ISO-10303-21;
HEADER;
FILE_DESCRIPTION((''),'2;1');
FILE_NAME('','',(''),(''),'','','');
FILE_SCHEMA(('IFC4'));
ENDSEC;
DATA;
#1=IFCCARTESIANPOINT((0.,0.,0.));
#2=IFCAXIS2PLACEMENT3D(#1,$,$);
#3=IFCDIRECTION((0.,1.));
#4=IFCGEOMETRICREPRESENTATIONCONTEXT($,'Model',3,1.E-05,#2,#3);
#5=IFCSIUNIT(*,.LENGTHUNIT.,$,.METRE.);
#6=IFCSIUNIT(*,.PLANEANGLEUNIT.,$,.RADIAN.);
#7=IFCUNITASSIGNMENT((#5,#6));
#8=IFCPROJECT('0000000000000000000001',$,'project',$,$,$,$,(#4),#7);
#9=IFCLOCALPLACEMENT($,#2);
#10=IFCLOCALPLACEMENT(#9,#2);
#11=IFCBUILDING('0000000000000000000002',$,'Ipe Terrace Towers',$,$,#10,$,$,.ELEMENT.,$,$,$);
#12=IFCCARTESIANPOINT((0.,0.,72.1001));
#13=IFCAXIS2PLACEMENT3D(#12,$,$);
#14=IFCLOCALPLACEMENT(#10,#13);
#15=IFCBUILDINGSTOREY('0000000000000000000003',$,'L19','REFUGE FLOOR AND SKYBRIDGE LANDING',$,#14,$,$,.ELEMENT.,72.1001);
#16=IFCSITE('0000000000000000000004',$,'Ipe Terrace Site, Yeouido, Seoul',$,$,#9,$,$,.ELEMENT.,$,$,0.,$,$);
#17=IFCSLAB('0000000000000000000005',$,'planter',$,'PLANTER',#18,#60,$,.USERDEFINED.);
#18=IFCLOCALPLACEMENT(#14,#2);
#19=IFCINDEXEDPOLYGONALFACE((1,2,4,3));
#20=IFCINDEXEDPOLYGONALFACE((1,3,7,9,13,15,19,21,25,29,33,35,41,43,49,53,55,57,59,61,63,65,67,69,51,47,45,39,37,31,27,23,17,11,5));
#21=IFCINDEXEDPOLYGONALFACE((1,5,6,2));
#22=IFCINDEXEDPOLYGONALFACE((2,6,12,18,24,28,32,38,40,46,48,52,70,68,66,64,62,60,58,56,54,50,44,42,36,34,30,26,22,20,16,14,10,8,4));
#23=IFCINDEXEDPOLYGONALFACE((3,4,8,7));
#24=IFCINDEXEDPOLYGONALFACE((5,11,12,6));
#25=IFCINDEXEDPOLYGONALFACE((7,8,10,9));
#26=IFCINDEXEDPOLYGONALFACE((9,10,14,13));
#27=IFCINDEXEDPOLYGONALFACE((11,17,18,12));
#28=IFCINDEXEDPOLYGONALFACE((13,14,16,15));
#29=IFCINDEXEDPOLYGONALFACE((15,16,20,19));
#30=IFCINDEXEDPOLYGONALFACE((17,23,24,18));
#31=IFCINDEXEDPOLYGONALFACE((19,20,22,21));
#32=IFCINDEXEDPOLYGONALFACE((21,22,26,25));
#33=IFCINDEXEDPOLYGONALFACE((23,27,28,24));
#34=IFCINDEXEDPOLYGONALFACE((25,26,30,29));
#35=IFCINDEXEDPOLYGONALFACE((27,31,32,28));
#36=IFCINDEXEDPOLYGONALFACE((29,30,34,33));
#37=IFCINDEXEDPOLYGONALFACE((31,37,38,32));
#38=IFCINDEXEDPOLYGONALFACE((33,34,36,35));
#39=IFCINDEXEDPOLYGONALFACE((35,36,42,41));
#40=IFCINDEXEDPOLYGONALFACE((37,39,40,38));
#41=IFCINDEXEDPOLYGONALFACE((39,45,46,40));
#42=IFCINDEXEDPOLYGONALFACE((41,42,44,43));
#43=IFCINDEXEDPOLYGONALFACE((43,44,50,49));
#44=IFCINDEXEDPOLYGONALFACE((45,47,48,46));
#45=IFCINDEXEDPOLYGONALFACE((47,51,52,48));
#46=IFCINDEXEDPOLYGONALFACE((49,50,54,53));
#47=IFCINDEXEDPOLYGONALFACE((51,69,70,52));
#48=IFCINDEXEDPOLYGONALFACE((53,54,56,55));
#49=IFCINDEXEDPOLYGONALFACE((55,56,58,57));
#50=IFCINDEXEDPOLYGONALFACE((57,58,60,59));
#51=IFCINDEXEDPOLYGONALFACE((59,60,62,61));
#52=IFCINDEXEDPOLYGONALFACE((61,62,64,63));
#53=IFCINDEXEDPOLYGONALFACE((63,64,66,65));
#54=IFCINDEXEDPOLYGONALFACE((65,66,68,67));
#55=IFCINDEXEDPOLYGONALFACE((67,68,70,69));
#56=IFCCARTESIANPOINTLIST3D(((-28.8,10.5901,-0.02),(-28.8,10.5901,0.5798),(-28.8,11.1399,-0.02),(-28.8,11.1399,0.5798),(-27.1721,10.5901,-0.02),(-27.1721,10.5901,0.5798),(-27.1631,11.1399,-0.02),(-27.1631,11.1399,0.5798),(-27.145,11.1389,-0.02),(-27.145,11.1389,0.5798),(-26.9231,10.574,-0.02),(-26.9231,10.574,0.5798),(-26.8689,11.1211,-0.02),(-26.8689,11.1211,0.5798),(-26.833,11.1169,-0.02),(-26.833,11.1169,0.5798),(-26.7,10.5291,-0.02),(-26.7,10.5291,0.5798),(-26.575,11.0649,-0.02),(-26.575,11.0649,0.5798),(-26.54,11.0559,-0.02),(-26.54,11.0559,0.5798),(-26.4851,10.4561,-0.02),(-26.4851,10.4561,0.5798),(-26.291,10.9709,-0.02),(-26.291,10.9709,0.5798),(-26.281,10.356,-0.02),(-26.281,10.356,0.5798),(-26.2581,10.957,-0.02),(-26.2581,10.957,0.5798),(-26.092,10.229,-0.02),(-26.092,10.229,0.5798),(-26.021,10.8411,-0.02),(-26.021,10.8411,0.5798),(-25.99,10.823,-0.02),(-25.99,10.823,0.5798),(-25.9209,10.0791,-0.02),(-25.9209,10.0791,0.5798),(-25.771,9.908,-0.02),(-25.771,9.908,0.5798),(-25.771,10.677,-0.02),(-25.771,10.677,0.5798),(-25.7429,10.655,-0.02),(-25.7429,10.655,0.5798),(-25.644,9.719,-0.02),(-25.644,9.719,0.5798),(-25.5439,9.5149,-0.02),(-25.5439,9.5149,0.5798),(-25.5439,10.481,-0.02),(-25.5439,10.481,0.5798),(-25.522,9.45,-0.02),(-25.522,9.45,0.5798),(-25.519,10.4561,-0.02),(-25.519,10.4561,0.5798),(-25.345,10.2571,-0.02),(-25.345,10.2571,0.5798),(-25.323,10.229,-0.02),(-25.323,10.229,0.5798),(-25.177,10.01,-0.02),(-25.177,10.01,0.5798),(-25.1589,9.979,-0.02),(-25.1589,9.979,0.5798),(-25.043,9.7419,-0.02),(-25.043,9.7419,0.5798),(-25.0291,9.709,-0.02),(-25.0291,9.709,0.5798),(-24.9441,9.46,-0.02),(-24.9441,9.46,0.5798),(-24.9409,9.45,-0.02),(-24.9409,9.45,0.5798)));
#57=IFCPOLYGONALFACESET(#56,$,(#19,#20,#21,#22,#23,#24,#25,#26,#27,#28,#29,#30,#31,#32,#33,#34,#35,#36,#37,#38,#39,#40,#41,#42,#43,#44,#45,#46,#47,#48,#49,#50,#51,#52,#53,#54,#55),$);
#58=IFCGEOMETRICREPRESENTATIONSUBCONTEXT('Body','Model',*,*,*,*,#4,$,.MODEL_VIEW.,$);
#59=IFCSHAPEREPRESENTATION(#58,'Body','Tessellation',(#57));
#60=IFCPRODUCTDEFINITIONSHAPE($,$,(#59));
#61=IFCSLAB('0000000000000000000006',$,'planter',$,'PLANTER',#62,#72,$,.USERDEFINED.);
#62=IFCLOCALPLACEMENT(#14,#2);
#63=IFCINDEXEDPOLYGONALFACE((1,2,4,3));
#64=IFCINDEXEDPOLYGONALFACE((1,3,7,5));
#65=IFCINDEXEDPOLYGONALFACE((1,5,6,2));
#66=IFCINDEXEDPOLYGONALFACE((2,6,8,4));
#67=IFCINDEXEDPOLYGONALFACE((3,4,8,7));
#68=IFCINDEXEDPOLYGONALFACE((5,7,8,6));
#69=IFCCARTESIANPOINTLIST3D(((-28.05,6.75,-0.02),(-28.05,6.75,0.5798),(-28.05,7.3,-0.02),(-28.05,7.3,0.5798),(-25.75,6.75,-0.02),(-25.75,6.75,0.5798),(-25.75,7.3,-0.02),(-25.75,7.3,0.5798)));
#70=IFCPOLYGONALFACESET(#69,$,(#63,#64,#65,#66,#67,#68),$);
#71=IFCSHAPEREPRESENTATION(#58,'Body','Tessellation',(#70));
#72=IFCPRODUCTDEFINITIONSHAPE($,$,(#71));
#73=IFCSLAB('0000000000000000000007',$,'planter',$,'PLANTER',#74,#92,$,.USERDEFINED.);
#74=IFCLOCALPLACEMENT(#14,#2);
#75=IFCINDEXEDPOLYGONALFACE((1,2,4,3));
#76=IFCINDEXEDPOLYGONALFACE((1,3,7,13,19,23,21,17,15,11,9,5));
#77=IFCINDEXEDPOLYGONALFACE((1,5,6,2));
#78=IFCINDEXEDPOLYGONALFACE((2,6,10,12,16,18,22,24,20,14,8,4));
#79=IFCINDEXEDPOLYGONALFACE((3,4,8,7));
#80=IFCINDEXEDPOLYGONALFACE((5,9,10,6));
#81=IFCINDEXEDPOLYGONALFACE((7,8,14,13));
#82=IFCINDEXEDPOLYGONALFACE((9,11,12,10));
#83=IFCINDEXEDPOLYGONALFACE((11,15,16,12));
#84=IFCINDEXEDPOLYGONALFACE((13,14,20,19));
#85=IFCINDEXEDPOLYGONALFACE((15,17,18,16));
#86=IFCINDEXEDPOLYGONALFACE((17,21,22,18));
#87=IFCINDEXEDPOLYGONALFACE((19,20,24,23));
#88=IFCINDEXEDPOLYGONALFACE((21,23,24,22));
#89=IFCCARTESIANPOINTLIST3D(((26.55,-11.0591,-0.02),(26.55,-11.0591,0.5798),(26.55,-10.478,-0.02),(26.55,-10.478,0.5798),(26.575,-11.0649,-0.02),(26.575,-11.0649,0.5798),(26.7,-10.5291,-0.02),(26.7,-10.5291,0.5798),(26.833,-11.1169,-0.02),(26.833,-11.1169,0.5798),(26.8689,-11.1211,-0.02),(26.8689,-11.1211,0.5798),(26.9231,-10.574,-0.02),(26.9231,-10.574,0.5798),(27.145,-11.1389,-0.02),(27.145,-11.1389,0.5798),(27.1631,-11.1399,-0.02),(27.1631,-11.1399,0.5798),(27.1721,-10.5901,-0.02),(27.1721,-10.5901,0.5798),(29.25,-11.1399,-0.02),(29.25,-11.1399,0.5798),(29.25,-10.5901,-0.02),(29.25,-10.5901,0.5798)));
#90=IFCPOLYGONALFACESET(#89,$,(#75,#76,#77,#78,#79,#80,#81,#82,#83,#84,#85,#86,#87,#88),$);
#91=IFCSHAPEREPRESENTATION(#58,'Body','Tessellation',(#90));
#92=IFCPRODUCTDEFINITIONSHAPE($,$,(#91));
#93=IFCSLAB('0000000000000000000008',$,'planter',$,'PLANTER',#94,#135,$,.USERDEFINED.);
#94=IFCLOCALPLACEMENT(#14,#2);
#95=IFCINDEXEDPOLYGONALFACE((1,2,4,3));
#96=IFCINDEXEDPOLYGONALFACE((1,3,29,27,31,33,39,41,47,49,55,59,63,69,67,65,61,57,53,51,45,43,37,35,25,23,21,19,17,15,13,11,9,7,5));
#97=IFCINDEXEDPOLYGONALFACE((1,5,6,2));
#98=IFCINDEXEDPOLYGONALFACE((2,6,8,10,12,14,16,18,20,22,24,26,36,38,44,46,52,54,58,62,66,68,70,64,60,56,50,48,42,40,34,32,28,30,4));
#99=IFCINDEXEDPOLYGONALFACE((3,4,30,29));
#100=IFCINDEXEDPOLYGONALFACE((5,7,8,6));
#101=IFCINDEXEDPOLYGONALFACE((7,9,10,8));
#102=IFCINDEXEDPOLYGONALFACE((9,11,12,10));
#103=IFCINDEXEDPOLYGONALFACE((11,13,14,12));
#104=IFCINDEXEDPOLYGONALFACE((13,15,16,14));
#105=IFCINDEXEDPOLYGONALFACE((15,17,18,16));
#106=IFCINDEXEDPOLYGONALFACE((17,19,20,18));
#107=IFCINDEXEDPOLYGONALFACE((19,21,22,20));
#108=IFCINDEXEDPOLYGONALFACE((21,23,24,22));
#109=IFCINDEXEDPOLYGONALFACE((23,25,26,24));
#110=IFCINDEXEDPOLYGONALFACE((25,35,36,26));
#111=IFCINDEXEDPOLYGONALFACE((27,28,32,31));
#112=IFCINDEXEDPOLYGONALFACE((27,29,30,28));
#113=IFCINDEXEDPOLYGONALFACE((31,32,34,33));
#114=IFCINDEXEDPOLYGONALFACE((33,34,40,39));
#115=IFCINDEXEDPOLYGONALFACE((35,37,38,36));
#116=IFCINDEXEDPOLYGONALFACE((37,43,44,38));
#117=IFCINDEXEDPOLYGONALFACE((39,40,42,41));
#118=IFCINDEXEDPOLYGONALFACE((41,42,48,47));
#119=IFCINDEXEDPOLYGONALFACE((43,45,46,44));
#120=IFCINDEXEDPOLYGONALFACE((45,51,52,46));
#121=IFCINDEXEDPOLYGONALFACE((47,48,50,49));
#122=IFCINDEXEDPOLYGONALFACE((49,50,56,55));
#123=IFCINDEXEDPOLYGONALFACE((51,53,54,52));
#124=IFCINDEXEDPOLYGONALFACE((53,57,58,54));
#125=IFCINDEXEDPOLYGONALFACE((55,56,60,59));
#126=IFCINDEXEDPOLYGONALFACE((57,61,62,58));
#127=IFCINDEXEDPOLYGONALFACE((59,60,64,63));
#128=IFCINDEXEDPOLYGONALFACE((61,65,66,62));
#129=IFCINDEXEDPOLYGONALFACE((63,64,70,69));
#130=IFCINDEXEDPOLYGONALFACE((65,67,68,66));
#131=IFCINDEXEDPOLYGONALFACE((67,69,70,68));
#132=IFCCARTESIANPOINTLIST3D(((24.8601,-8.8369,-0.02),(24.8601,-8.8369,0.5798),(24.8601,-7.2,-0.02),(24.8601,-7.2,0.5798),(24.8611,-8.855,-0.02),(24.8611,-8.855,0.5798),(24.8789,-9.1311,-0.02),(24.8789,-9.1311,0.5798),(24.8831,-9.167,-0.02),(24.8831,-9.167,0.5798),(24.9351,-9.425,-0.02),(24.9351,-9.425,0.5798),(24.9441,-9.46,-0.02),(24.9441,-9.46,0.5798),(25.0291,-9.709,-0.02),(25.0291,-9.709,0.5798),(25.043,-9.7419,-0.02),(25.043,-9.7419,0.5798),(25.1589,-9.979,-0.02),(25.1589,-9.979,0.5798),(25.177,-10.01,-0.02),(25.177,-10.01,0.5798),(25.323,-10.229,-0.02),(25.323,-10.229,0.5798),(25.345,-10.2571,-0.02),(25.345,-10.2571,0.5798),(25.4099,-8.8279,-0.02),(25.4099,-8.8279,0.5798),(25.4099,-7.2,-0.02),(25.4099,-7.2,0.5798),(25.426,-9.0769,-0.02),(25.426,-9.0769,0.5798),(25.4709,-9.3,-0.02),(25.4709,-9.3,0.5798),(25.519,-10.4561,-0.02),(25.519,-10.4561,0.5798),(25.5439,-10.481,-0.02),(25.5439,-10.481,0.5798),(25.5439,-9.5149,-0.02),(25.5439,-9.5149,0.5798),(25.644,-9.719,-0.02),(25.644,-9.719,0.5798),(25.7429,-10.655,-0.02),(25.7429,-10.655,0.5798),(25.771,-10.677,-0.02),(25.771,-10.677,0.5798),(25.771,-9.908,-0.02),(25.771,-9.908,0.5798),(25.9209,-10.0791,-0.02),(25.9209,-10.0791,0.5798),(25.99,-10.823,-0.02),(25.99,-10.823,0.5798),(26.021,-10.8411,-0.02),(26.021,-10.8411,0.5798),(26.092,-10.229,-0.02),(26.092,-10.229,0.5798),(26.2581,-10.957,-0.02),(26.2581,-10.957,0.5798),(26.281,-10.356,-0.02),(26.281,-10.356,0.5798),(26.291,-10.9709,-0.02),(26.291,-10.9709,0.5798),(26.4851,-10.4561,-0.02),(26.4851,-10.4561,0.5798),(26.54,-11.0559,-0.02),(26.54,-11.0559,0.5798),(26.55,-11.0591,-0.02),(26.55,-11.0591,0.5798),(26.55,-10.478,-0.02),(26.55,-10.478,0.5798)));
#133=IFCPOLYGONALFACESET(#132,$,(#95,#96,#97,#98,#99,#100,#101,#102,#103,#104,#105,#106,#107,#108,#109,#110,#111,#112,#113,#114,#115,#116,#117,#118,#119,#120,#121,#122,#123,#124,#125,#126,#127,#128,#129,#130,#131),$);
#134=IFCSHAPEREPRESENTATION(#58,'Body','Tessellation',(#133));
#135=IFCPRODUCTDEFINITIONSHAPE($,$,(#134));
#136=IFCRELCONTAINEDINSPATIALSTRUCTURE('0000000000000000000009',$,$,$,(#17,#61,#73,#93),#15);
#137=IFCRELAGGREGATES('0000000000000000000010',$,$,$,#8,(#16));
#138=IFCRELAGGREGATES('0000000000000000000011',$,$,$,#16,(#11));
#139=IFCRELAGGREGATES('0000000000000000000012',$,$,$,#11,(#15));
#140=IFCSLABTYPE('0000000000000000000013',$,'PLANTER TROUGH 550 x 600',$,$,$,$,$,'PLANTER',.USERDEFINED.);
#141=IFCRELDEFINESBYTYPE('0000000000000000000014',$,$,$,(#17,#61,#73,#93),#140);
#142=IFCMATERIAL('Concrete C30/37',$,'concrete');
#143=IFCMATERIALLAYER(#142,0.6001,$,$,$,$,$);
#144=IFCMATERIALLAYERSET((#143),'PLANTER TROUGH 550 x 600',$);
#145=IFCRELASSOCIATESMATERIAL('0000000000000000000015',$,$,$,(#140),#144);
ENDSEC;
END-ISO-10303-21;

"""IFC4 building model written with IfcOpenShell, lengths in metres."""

from ifc_helpers import new_model, si_unit, direction, frame, origin, place, context, subcontext, project, spatial, polyline, outline, extrude, material, layer, layer_set, type_object, element, save


model = new_model("IFC4")

# Units and contexts
model_context = context("Model", 3, precision=1e-05, world=origin(), true_north=direction((0.0, 1.0)))
body_context = subcontext(model_context, "Body", "Model", "MODEL_VIEW")
ifc_project = project(units=[si_unit("LENGTHUNIT", "METRE"), si_unit("PLANEANGLEUNIT", "RADIAN")], contexts=[model_context])

# Site, building, storey
site_placement = place(None, origin())
site = spatial("IfcSite", under=ifc_project, at=site_placement, Name="Ipe Terrace Site, Yeouido, Seoul", CompositionType="ELEMENT", RefElevation=0.0)
building_placement = place(site_placement, origin())
building = spatial("IfcBuilding", under=site, at=building_placement, Name="Ipe Terrace Towers", CompositionType="ELEMENT")
storey_placement = place(building_placement, frame((0.0, 0.0, 72.1001)))
storey = spatial("IfcBuildingStorey", under=building, at=storey_placement, Name="L19", Description="REFUGE FLOOR AND SKYBRIDGE LANDING", CompositionType="ELEMENT", Elevation=72.1001)

# Slabs
ifc_material_1 = material(Name="Concrete C30/37", Category="concrete")
ifc_layer_1 = layer(ifc_material_1, 0.6001)
ifc_layer_set_1 = layer_set([ifc_layer_1], Name="PLANTER TROUGH 550 x 600")
slab_type_1 = type_object("IfcSlabType", Name="PLANTER TROUGH 550 x 600", ElementType="PLANTER", PredefinedType="USERDEFINED", material=ifc_layer_set_1)
slab_1_placement = place(storey_placement, frame((0.0, 0.0, -0.02)))
element("IfcSlab", 1, at=slab_1_placement, inside=storey, type_object=slab_type_1, Name="planter", ObjectType="PLANTER", PredefinedType="USERDEFINED", context=body_context, shape_type="SweptSolid", body=[
    extrude(outline(polyline([(-25.5439, 9.5149), (-25.522, 9.45), (-24.9409, 9.45), (-24.9441, 9.46), (-25.0291, 9.709), (-25.043, 9.7419), (-25.1589, 9.979), (-25.177, 10.01), (-25.323, 10.229), (-25.345, 10.2571), (-25.519, 10.4561), (-25.5439, 10.481), (-25.7429, 10.655), (-25.771, 10.677), (-25.99, 10.823), (-26.021, 10.8411), (-26.2581, 10.957), (-26.291, 10.9709), (-26.54, 11.0559), (-26.575, 11.0649), (-26.833, 11.1169), (-26.8689, 11.1211), (-27.145, 11.1389), (-27.1631, 11.1399), (-28.8, 11.1399), (-28.8, 10.5901), (-27.1721, 10.5901), (-26.9231, 10.574), (-26.7, 10.5291), (-26.4851, 10.4561), (-26.281, 10.356), (-26.092, 10.229), (-25.9209, 10.0791), (-25.771, 9.908), (-25.644, 9.719), (-25.5439, 9.5149)])), origin(), (0.0, 0.0, 1.0), 0.5999),
])
slab_2_placement = place(storey_placement, frame((0.0, 0.0, -0.02)))
element("IfcSlab", 2, at=slab_2_placement, inside=storey, type_object=slab_type_1, Name="planter", ObjectType="PLANTER", PredefinedType="USERDEFINED", context=body_context, shape_type="SweptSolid", body=[
    extrude(outline(polyline([(-28.05, 6.75), (-25.75, 6.75), (-25.75, 7.3), (-28.05, 7.3), (-28.05, 6.75)])), origin(), (0.0, 0.0, 1.0), 0.5999),
])
slab_3_placement = place(storey_placement, frame((0.0, 0.0, -0.02)))
element("IfcSlab", 3, at=slab_3_placement, inside=storey, type_object=slab_type_1, Name="planter", ObjectType="PLANTER", PredefinedType="USERDEFINED", context=body_context, shape_type="SweptSolid", body=[
    extrude(outline(polyline([(26.7, -10.5291), (26.55, -10.478), (26.55, -11.0591), (26.575, -11.0649), (26.833, -11.1169), (26.8689, -11.1211), (27.145, -11.1389), (27.1631, -11.1399), (29.25, -11.1399), (29.25, -10.5901), (27.1721, -10.5901), (26.9231, -10.574), (26.7, -10.5291)])), origin(), (0.0, 0.0, 1.0), 0.5999),
])
slab_4_placement = place(storey_placement, frame((0.0, 0.0, -0.02)))
element("IfcSlab", 4, at=slab_4_placement, inside=storey, type_object=slab_type_1, Name="planter", ObjectType="PLANTER", PredefinedType="USERDEFINED", context=body_context, shape_type="SweptSolid", body=[
    extrude(outline(polyline([(26.4851, -10.4561), (26.281, -10.356), (26.092, -10.229), (25.9209, -10.0791), (25.771, -9.908), (25.644, -9.719), (25.5439, -9.5149), (25.4709, -9.3), (25.426, -9.0769), (25.4099, -8.8279), (25.4099, -7.2), (24.8601, -7.2), (24.8601, -8.8369), (24.8611, -8.855), (24.8789, -9.1311), (24.8831, -9.167), (24.9351, -9.425), (24.9441, -9.46), (25.0291, -9.709), (25.043, -9.7419), (25.1589, -9.979), (25.177, -10.01), (25.323, -10.229), (25.345, -10.2571), (25.519, -10.4561), (25.5439, -10.481), (25.7429, -10.655), (25.771, -10.677), (25.99, -10.823), (26.021, -10.8411), (26.2581, -10.957), (26.291, -10.9709), (26.54, -11.0559), (26.55, -11.0591), (26.55, -10.478), (26.4851, -10.4561)])), origin(), (0.0, 0.0, 1.0), 0.5999),
])

save(model, "model.ifc")
